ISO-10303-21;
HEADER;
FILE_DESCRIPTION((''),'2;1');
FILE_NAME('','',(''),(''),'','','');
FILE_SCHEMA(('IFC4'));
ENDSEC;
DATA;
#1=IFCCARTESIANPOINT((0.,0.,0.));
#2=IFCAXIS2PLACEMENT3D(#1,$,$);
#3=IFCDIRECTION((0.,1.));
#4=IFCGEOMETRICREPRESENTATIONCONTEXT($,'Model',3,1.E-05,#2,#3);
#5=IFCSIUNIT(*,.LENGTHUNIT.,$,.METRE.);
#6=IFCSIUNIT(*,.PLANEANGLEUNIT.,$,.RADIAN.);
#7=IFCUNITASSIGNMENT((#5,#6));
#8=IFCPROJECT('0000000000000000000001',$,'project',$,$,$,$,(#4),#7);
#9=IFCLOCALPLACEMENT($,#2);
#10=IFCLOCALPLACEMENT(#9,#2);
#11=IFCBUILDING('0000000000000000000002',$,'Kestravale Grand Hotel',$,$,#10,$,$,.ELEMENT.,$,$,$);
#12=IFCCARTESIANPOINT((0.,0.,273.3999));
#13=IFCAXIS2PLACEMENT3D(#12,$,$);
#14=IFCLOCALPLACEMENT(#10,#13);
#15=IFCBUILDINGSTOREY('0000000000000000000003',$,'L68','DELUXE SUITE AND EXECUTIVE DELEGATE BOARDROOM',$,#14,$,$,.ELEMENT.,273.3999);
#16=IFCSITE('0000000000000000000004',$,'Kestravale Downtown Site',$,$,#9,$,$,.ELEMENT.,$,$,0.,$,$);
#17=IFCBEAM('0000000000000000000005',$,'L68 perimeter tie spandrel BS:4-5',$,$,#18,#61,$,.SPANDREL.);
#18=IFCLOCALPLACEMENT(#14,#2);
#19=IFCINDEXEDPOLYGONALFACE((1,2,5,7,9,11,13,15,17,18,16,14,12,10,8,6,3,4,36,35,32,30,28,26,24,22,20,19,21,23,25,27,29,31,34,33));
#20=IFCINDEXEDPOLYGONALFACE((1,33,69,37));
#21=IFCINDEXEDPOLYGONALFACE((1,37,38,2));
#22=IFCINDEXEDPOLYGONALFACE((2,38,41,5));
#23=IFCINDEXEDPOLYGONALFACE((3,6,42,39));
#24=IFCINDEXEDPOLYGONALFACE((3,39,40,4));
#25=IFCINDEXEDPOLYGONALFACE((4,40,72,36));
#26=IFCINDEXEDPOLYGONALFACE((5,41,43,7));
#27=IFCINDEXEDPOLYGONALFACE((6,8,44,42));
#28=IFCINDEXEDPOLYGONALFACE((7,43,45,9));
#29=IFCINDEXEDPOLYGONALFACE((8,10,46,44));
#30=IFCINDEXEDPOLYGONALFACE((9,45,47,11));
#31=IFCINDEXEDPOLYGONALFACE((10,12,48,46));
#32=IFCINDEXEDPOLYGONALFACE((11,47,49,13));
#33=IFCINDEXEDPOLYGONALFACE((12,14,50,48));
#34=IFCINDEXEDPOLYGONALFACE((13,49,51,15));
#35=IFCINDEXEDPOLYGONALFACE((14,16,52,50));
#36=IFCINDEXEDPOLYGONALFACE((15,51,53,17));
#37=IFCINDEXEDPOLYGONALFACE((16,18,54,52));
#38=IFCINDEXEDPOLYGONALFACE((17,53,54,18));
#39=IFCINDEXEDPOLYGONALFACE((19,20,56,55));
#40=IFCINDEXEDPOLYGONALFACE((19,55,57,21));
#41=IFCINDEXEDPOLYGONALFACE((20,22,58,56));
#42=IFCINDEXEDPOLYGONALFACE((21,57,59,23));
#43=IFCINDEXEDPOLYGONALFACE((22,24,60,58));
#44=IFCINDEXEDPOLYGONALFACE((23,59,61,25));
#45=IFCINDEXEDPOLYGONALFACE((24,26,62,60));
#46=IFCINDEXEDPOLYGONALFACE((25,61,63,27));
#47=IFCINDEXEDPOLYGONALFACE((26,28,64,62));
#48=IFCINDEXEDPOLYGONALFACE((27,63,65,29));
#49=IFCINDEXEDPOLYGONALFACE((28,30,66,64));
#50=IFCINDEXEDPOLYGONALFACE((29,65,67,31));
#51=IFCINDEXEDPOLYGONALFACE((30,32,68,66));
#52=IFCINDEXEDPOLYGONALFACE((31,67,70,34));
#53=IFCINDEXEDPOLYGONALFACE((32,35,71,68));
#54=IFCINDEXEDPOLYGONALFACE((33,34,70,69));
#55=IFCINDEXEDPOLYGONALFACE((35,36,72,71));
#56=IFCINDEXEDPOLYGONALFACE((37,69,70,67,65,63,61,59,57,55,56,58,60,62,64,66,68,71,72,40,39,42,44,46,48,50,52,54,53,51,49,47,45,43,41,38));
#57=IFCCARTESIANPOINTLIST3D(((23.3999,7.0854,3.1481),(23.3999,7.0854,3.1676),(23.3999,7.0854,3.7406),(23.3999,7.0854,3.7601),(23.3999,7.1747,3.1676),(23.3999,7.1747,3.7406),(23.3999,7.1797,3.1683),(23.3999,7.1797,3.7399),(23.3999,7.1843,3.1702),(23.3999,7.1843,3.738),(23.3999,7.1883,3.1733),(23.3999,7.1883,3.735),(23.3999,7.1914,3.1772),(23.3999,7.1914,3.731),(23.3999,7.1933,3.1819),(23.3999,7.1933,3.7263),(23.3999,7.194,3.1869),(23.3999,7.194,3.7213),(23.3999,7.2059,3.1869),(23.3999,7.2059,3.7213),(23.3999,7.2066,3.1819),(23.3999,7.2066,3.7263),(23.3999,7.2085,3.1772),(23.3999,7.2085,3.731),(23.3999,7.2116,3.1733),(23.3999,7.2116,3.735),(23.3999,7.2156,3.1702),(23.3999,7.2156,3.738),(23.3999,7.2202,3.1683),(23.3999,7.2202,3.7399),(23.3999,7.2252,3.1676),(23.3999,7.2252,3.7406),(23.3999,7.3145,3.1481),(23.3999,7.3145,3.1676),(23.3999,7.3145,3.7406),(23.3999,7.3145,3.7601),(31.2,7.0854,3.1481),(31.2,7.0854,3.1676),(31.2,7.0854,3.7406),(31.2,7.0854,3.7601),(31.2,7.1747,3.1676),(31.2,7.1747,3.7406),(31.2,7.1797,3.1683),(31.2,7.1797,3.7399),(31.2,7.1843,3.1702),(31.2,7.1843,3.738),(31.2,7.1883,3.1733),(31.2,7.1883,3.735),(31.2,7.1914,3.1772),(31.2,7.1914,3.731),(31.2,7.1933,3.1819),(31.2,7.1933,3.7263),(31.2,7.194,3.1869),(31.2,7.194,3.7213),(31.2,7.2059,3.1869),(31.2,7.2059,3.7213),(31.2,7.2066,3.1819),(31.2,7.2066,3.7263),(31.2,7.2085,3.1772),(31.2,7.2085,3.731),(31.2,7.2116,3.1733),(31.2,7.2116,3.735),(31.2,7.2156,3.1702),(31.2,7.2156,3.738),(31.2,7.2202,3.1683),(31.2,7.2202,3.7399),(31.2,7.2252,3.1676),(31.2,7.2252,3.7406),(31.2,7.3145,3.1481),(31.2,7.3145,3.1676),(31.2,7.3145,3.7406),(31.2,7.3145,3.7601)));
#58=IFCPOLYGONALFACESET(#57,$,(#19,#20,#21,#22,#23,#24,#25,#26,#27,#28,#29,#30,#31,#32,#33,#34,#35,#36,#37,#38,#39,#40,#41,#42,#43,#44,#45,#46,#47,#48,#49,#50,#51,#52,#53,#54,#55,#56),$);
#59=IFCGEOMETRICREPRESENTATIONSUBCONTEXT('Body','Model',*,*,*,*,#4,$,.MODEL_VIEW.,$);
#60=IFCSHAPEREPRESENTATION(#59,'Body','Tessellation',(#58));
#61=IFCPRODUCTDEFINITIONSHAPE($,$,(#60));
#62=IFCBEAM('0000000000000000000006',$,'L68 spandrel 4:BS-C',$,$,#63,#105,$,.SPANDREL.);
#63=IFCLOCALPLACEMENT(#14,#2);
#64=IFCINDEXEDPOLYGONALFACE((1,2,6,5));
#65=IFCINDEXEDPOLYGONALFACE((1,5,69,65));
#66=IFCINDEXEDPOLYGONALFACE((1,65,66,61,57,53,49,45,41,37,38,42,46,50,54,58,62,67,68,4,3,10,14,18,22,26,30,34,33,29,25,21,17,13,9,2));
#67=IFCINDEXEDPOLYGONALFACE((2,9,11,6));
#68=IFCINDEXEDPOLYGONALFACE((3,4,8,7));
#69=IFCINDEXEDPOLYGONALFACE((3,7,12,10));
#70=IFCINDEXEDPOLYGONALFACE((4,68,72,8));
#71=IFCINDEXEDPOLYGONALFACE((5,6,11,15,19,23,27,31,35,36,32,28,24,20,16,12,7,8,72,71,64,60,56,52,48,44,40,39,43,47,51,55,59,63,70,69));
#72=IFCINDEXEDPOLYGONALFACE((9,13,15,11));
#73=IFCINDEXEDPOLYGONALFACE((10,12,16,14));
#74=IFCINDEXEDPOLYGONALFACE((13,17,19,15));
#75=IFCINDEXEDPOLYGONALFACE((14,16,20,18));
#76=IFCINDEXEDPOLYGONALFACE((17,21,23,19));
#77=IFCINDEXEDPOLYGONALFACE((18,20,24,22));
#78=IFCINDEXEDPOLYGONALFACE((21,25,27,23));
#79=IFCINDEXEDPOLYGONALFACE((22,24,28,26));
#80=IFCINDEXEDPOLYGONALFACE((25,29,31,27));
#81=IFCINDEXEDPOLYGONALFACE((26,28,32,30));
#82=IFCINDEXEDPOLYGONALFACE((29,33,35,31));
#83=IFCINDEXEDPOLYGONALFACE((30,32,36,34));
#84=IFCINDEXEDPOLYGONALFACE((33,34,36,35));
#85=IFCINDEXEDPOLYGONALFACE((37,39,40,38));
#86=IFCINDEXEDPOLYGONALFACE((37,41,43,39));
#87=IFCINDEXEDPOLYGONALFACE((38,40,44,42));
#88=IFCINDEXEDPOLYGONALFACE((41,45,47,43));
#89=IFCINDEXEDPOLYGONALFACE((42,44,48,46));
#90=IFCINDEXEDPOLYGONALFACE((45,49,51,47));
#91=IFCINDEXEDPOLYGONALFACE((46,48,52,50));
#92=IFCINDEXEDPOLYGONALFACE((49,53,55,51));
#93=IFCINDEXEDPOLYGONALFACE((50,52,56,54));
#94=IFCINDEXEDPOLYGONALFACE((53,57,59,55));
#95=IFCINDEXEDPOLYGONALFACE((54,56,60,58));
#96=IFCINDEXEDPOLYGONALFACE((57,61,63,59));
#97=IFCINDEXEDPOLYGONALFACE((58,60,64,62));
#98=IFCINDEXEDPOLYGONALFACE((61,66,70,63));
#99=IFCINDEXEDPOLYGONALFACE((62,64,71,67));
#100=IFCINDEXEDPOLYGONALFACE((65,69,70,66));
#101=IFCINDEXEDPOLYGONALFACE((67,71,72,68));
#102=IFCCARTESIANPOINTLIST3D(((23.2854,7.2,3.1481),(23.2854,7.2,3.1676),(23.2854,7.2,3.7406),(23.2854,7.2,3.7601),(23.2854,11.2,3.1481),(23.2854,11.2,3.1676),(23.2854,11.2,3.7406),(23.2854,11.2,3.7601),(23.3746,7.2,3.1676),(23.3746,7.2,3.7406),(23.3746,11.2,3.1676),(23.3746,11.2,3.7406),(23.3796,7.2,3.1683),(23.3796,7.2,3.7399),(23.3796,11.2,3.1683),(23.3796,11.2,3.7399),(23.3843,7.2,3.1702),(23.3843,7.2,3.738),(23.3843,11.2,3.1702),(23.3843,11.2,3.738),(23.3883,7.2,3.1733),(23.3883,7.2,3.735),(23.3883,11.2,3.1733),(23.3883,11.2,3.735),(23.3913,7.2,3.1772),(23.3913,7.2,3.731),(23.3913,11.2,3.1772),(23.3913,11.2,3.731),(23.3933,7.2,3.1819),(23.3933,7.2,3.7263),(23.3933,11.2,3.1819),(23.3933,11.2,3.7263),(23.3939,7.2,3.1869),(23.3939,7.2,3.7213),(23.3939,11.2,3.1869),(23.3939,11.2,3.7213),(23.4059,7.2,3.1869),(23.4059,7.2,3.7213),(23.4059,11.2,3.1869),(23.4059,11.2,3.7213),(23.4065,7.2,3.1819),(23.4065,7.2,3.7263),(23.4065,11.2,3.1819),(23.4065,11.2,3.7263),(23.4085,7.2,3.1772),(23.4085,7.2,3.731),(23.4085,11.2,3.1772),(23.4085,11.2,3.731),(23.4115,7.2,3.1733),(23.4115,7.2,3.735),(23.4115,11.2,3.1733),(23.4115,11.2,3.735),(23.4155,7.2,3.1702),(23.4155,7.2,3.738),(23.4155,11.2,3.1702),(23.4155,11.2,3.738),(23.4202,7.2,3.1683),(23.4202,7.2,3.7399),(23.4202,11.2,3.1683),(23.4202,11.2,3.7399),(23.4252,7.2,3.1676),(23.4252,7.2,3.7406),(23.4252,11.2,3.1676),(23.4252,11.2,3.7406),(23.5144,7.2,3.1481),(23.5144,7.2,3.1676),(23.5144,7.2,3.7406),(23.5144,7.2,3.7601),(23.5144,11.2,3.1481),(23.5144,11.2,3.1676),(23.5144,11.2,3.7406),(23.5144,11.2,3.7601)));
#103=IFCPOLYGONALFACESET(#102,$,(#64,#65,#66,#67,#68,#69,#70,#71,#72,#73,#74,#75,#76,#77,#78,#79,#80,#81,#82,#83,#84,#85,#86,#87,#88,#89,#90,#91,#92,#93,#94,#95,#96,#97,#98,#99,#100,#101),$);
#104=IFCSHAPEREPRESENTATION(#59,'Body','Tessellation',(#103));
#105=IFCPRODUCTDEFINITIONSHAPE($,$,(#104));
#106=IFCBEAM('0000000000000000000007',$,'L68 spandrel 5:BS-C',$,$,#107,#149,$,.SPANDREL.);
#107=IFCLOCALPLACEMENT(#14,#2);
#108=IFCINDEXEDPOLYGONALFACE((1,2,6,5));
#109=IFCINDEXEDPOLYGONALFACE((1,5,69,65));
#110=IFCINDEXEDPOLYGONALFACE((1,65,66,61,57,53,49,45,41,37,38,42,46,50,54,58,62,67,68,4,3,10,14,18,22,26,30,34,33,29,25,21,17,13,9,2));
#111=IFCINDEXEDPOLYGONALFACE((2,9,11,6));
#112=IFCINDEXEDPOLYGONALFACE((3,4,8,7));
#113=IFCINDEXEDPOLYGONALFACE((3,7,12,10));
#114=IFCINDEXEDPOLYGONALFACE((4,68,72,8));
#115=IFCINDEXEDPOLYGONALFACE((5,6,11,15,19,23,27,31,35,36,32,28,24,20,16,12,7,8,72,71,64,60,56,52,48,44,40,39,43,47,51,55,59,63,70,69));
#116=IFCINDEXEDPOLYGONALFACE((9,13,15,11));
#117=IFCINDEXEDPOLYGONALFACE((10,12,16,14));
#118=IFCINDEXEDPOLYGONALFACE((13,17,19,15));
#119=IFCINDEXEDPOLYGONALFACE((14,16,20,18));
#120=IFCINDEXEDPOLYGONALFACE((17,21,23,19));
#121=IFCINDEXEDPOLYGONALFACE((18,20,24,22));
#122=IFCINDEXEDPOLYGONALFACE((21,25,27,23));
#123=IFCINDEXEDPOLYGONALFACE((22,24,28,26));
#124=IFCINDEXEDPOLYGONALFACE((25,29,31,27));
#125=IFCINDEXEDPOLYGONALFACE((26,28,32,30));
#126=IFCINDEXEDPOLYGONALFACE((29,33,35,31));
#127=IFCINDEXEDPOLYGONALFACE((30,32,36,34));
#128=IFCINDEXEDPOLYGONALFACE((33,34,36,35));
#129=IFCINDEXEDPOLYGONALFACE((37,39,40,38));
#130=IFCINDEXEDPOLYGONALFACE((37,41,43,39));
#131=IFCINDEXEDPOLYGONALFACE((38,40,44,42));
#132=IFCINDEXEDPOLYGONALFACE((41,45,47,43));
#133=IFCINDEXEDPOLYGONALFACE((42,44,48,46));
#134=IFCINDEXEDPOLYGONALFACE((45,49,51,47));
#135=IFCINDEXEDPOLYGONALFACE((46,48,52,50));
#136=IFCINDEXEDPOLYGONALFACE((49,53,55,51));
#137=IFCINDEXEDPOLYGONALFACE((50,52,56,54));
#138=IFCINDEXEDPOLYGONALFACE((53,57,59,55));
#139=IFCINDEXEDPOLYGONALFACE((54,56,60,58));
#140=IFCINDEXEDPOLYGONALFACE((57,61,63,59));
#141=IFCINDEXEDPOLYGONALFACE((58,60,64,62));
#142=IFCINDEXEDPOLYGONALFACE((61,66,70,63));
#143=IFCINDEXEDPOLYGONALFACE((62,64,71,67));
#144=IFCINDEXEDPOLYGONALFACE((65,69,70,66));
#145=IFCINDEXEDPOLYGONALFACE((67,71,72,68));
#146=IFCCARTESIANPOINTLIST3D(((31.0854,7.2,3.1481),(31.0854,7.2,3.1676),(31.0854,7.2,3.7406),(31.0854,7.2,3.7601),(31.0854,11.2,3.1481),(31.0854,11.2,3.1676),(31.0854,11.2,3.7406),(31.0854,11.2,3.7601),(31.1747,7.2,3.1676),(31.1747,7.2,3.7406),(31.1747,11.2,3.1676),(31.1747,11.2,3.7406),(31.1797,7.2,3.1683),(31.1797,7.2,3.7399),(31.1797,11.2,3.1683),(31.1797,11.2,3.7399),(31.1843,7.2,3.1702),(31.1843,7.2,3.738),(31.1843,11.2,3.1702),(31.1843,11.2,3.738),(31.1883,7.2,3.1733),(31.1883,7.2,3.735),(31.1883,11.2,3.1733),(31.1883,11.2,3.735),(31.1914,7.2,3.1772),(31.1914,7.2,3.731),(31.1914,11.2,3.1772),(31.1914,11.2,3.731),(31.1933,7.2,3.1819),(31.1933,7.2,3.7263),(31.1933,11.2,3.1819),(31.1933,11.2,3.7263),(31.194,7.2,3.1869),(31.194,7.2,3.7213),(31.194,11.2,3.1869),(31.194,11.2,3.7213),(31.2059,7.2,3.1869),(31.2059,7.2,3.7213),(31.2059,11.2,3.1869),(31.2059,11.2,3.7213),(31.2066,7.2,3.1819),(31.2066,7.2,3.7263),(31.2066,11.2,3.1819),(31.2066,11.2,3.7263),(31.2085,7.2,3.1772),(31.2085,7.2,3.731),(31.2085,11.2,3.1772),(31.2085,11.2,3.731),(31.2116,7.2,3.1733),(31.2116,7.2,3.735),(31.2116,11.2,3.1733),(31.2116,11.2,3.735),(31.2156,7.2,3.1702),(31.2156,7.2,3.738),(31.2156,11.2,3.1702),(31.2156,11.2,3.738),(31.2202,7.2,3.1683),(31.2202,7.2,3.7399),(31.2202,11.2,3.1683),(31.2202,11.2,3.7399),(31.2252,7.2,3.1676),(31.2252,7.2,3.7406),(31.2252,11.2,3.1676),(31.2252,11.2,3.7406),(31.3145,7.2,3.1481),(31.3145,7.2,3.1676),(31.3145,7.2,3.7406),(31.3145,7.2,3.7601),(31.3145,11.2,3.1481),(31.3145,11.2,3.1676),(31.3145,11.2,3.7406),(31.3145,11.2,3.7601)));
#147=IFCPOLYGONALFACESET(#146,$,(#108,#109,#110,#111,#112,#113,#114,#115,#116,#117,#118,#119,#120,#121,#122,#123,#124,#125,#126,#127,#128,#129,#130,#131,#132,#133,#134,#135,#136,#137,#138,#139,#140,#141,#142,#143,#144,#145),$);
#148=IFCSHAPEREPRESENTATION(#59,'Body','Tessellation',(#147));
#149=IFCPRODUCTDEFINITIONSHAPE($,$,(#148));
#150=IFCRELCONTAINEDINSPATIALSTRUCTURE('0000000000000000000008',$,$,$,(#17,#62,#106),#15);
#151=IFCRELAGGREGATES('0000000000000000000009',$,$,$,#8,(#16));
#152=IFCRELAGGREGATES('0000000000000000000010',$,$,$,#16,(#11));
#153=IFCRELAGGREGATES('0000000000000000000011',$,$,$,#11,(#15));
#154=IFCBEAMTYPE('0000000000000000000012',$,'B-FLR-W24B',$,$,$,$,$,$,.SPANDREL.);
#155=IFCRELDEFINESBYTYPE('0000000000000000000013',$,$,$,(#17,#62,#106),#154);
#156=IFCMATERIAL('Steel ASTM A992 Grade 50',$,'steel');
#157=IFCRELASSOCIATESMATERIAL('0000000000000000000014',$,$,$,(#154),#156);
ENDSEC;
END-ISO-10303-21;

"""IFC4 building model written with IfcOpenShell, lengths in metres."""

from ifc_helpers import new_model, si_unit, direction, frame, origin, origin_2d, place, context, subcontext, project, spatial, i_section, extrude, material, material_profile, profile_set, type_object, element, save


model = new_model("IFC4")

# Units and contexts
model_context = context("Model", 3, precision=1e-05, world=origin(), true_north=direction((0.0, 1.0)))
body_context = subcontext(model_context, "Body", "Model", "MODEL_VIEW")
ifc_project = project(units=[si_unit("LENGTHUNIT", "METRE"), si_unit("PLANEANGLEUNIT", "RADIAN")], contexts=[model_context])

# Site, building, storey
site_placement = place(None, origin())
site = spatial("IfcSite", under=ifc_project, at=site_placement, Name="Kestravale Downtown Site", CompositionType="ELEMENT", RefElevation=0.0)
building_placement = place(site_placement, origin())
building = spatial("IfcBuilding", under=site, at=building_placement, Name="Kestravale Grand Hotel", CompositionType="ELEMENT")
storey_placement = place(building_placement, frame((0.0, 0.0, 273.3999)))
storey = spatial("IfcBuildingStorey", under=building, at=storey_placement, Name="L68", Description="DELUXE SUITE AND EXECUTIVE DELEGATE BOARDROOM", CompositionType="ELEMENT", Elevation=273.3999)

# Beams
ifc_material_1 = material(Name="Steel ASTM A992 Grade 50", Category="steel")
ifc_material_profile_1 = material_profile(ifc_material_1, i_section(OverallWidth=0.229, OverallDepth=0.6121, WebThickness=0.012, FlangeThickness=0.0195, FilletRadius=0.0193, at=origin_2d()))
ifc_profile_set_1 = profile_set([ifc_material_profile_1], Name="Steel ASTM A992 Grade 50")
beam_type_1 = type_object("IfcBeamType", Name="B-FLR-W24B", PredefinedType="SPANDREL", material=ifc_profile_set_1)
beam_placement = place(storey_placement, frame((23.3999, 7.2, 3.4541), z_axis=(1.0, 0.0, 0.0), x_axis=(0.0, 1.0, 0.0)))
element("IfcBeam", 1, at=beam_placement, inside=storey, type_object=beam_type_1, Name="L68 perimeter tie spandrel BS:4-5", PredefinedType="SPANDREL", context=body_context, shape_type="SweptSolid", body=[
    extrude(i_section(OverallWidth=0.229, OverallDepth=0.6121, WebThickness=0.012, FlangeThickness=0.0195, FilletRadius=0.0193, at=origin_2d()), origin(), (0.0, 0.0, 1.0), 7.8),
])
for number, where, z_axis, x_axis, name in (
    (2, (23.3999, 7.2, 3.4541), (0.0, 1.0, 0.0), (-1.0, 0.0, 0.0), "L68 spandrel 4:BS-C"),
    (3, (31.2, 7.2, 3.4541), (0.0, 1.0, 0.0), (-1.0, 0.0, 0.0), "L68 spandrel 5:BS-C"),
):
    element("IfcBeam", number, at=place(storey_placement, frame(where, z_axis=z_axis, x_axis=x_axis)), inside=storey, type_object=beam_type_1, Name=name, PredefinedType="SPANDREL", context=body_context, shape_type="SweptSolid", body=[
        extrude(i_section(OverallWidth=0.229, OverallDepth=0.6121, WebThickness=0.012, FlangeThickness=0.0195, FilletRadius=0.0193, at=origin_2d()), origin(), (0.0, 0.0, 1.0), 4.0),
    ])

save(model, "model.ifc")
